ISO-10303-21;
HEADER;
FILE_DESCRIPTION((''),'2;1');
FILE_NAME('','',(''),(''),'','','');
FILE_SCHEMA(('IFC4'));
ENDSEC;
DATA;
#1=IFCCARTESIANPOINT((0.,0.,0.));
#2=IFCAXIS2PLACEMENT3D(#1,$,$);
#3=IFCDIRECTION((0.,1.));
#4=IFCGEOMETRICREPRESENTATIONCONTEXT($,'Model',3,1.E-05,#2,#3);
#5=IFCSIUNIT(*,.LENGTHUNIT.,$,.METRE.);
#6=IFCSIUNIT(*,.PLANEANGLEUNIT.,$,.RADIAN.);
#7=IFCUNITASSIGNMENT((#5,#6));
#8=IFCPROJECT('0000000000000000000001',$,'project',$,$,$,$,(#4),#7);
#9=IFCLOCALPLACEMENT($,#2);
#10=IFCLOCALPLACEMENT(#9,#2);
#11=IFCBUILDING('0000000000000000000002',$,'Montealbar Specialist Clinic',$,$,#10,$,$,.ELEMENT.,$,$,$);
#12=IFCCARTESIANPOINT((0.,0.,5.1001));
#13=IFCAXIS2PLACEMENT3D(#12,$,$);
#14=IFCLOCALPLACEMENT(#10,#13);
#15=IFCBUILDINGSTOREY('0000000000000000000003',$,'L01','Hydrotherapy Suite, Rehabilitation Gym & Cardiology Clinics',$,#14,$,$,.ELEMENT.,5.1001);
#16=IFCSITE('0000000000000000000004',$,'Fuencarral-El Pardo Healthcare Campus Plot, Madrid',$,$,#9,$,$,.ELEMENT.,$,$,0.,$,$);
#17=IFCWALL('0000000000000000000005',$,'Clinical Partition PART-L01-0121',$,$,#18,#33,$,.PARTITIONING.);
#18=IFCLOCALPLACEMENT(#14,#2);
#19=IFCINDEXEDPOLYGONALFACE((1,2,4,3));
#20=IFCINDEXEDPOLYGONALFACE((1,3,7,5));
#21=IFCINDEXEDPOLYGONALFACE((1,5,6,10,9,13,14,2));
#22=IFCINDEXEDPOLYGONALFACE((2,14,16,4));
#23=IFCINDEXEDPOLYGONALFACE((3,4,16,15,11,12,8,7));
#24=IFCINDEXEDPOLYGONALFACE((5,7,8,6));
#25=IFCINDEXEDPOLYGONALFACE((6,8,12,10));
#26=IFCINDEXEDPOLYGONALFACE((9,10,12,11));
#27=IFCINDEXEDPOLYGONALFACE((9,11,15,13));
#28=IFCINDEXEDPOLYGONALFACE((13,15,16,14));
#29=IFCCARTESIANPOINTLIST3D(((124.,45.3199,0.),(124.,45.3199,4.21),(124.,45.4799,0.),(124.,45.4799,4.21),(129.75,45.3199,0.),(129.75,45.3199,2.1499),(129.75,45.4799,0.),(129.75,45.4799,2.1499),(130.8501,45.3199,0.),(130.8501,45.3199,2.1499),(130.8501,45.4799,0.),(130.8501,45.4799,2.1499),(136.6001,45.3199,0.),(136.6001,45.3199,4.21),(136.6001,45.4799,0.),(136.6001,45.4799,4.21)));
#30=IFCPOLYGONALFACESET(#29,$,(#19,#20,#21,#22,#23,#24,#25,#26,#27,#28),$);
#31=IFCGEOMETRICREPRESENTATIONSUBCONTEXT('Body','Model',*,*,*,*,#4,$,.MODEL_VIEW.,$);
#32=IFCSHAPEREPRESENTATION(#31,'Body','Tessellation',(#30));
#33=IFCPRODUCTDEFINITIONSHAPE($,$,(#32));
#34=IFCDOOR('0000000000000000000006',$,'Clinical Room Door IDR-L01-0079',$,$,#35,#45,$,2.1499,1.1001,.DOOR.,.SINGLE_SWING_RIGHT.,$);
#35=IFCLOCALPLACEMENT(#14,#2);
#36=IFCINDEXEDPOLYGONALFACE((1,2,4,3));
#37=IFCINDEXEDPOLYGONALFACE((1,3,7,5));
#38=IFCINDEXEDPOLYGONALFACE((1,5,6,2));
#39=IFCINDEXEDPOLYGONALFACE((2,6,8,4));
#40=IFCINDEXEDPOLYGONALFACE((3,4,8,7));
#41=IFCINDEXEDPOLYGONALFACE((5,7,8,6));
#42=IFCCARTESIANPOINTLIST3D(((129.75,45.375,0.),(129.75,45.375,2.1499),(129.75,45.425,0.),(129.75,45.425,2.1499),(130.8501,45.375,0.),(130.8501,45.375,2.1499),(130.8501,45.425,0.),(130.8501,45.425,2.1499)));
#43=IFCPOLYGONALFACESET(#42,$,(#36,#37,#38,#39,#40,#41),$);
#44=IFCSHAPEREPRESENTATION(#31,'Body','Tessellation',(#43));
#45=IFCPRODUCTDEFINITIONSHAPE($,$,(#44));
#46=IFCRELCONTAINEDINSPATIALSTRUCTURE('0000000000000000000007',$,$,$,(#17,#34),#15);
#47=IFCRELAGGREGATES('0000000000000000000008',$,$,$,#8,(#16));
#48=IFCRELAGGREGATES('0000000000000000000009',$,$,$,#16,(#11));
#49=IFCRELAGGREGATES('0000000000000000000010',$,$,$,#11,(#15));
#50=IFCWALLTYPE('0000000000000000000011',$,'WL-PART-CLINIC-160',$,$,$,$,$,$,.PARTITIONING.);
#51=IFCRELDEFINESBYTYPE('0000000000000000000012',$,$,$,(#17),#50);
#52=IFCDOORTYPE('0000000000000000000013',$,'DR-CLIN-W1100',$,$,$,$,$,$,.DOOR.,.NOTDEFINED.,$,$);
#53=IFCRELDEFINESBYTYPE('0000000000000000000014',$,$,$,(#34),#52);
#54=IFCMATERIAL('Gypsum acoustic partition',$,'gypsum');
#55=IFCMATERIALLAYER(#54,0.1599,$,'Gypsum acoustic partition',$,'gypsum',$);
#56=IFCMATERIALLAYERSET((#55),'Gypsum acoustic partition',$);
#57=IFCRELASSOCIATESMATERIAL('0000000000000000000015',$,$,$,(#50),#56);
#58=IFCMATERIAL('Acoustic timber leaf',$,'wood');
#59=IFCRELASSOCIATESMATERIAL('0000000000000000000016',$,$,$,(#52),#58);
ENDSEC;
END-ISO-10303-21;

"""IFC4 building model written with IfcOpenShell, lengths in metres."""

from ifc_helpers import new_model, si_unit, direction, frame, frame_2d, origin, place, context, subcontext, project, spatial, rectangle, extrude, material, layer, layer_set, type_object, element, fill, save


model = new_model("IFC4")

# Units and contexts
model_context = context("Model", 3, precision=1e-05, world=origin(), true_north=direction((0.0, 1.0)))
body_context = subcontext(model_context, "Body", "Model", "MODEL_VIEW")
ifc_project = project(units=[si_unit("LENGTHUNIT", "METRE"), si_unit("PLANEANGLEUNIT", "RADIAN")], contexts=[model_context])

# Site, building, storey
site_placement = place(None, origin())
site = spatial("IfcSite", under=ifc_project, at=site_placement, Name="Fuencarral-El Pardo Healthcare Campus Plot, Madrid", CompositionType="ELEMENT", RefElevation=0.0)
building_placement = place(site_placement, origin())
building = spatial("IfcBuilding", under=site, at=building_placement, Name="Montealbar Specialist Clinic", CompositionType="ELEMENT")
storey_placement = place(building_placement, frame((0.0, 0.0, 5.1001)))
storey = spatial("IfcBuildingStorey", under=building, at=storey_placement, Name="L01", Description="Hydrotherapy Suite, Rehabilitation Gym & Cardiology Clinics", CompositionType="ELEMENT", Elevation=5.1001)

# Shared definitions
ifc_material_1 = material(Name="Gypsum acoustic partition", Category="gypsum")

# Wall, opening, door
ifc_layer_1 = layer(ifc_material_1, 0.1599, Name="Gypsum acoustic partition", Category="gypsum")
ifc_layer_set_1 = layer_set([ifc_layer_1], Name="Gypsum acoustic partition")
wall_type_1 = type_object("IfcWallType", Name="WL-PART-CLINIC-160", PredefinedType="PARTITIONING", material=ifc_layer_set_1)
wall_1_placement = place(storey_placement, frame((124.0, 45.3999, 0.0), z_axis=(0.0, 0.0, 1.0), x_axis=(1.0, 0.0, 0.0)))
wall_1 = element("IfcWall", 1, at=wall_1_placement, inside=storey, type_object=wall_type_1, Name="Clinical Partition PART-L01-0121", PredefinedType="PARTITIONING", context=body_context, shape_type="SweptSolid", body=[
    extrude(rectangle(XDim=12.6001, YDim=0.1599, at=frame_2d((6.3, 0.0))), origin(), (0.0, 0.0, 1.0), 4.21),
])
opening_placement = place(wall_1_placement, frame((5.75, 0.0, 0.0)))
opening = element("IfcOpeningElement", 2, at=opening_placement, cuts=wall_1, PredefinedType="OPENING", context=body_context, shape_type="SweptSolid", body=[
    extrude(rectangle(XDim=1.1001, YDim=2.1499, at=frame_2d((0.55, 1.075))), frame((0.0, 0.0898, 0.0), z_axis=(0.0, -1.0, 0.0), x_axis=(1.0, 0.0, 0.0)), (0.0, 0.0, 1.0), 0.1799),
])
ifc_material_2 = material(Name="Acoustic timber leaf", Category="wood")
door_type = type_object("IfcDoorType", Name="DR-CLIN-W1100", OperationType="NOTDEFINED", PredefinedType="DOOR", material=ifc_material_2)
door_placement = place(opening_placement, frame((1.1001, 0.0, 0.0), z_axis=(0.0, 0.0, 1.0), x_axis=(-1.0, 0.0, 0.0)))
door = element("IfcDoor", 3, at=door_placement, inside=storey, type_object=door_type, Name="Clinical Room Door IDR-L01-0079", OperationType="SINGLE_SWING_RIGHT", OverallHeight=2.1499, OverallWidth=1.1001, PredefinedType="DOOR", context=body_context, shape_type="SweptSolid", body=[
    extrude(rectangle(XDim=1.1001, YDim=2.1499, at=frame_2d((0.55, 1.075))), frame((0.0, 0.0249, 0.0), z_axis=(0.0, -1.0, 0.0), x_axis=(1.0, 0.0, 0.0)), (0.0, 0.0, 1.0), 0.05),
])
fill(opening, door)

save(model, "model.ifc")
